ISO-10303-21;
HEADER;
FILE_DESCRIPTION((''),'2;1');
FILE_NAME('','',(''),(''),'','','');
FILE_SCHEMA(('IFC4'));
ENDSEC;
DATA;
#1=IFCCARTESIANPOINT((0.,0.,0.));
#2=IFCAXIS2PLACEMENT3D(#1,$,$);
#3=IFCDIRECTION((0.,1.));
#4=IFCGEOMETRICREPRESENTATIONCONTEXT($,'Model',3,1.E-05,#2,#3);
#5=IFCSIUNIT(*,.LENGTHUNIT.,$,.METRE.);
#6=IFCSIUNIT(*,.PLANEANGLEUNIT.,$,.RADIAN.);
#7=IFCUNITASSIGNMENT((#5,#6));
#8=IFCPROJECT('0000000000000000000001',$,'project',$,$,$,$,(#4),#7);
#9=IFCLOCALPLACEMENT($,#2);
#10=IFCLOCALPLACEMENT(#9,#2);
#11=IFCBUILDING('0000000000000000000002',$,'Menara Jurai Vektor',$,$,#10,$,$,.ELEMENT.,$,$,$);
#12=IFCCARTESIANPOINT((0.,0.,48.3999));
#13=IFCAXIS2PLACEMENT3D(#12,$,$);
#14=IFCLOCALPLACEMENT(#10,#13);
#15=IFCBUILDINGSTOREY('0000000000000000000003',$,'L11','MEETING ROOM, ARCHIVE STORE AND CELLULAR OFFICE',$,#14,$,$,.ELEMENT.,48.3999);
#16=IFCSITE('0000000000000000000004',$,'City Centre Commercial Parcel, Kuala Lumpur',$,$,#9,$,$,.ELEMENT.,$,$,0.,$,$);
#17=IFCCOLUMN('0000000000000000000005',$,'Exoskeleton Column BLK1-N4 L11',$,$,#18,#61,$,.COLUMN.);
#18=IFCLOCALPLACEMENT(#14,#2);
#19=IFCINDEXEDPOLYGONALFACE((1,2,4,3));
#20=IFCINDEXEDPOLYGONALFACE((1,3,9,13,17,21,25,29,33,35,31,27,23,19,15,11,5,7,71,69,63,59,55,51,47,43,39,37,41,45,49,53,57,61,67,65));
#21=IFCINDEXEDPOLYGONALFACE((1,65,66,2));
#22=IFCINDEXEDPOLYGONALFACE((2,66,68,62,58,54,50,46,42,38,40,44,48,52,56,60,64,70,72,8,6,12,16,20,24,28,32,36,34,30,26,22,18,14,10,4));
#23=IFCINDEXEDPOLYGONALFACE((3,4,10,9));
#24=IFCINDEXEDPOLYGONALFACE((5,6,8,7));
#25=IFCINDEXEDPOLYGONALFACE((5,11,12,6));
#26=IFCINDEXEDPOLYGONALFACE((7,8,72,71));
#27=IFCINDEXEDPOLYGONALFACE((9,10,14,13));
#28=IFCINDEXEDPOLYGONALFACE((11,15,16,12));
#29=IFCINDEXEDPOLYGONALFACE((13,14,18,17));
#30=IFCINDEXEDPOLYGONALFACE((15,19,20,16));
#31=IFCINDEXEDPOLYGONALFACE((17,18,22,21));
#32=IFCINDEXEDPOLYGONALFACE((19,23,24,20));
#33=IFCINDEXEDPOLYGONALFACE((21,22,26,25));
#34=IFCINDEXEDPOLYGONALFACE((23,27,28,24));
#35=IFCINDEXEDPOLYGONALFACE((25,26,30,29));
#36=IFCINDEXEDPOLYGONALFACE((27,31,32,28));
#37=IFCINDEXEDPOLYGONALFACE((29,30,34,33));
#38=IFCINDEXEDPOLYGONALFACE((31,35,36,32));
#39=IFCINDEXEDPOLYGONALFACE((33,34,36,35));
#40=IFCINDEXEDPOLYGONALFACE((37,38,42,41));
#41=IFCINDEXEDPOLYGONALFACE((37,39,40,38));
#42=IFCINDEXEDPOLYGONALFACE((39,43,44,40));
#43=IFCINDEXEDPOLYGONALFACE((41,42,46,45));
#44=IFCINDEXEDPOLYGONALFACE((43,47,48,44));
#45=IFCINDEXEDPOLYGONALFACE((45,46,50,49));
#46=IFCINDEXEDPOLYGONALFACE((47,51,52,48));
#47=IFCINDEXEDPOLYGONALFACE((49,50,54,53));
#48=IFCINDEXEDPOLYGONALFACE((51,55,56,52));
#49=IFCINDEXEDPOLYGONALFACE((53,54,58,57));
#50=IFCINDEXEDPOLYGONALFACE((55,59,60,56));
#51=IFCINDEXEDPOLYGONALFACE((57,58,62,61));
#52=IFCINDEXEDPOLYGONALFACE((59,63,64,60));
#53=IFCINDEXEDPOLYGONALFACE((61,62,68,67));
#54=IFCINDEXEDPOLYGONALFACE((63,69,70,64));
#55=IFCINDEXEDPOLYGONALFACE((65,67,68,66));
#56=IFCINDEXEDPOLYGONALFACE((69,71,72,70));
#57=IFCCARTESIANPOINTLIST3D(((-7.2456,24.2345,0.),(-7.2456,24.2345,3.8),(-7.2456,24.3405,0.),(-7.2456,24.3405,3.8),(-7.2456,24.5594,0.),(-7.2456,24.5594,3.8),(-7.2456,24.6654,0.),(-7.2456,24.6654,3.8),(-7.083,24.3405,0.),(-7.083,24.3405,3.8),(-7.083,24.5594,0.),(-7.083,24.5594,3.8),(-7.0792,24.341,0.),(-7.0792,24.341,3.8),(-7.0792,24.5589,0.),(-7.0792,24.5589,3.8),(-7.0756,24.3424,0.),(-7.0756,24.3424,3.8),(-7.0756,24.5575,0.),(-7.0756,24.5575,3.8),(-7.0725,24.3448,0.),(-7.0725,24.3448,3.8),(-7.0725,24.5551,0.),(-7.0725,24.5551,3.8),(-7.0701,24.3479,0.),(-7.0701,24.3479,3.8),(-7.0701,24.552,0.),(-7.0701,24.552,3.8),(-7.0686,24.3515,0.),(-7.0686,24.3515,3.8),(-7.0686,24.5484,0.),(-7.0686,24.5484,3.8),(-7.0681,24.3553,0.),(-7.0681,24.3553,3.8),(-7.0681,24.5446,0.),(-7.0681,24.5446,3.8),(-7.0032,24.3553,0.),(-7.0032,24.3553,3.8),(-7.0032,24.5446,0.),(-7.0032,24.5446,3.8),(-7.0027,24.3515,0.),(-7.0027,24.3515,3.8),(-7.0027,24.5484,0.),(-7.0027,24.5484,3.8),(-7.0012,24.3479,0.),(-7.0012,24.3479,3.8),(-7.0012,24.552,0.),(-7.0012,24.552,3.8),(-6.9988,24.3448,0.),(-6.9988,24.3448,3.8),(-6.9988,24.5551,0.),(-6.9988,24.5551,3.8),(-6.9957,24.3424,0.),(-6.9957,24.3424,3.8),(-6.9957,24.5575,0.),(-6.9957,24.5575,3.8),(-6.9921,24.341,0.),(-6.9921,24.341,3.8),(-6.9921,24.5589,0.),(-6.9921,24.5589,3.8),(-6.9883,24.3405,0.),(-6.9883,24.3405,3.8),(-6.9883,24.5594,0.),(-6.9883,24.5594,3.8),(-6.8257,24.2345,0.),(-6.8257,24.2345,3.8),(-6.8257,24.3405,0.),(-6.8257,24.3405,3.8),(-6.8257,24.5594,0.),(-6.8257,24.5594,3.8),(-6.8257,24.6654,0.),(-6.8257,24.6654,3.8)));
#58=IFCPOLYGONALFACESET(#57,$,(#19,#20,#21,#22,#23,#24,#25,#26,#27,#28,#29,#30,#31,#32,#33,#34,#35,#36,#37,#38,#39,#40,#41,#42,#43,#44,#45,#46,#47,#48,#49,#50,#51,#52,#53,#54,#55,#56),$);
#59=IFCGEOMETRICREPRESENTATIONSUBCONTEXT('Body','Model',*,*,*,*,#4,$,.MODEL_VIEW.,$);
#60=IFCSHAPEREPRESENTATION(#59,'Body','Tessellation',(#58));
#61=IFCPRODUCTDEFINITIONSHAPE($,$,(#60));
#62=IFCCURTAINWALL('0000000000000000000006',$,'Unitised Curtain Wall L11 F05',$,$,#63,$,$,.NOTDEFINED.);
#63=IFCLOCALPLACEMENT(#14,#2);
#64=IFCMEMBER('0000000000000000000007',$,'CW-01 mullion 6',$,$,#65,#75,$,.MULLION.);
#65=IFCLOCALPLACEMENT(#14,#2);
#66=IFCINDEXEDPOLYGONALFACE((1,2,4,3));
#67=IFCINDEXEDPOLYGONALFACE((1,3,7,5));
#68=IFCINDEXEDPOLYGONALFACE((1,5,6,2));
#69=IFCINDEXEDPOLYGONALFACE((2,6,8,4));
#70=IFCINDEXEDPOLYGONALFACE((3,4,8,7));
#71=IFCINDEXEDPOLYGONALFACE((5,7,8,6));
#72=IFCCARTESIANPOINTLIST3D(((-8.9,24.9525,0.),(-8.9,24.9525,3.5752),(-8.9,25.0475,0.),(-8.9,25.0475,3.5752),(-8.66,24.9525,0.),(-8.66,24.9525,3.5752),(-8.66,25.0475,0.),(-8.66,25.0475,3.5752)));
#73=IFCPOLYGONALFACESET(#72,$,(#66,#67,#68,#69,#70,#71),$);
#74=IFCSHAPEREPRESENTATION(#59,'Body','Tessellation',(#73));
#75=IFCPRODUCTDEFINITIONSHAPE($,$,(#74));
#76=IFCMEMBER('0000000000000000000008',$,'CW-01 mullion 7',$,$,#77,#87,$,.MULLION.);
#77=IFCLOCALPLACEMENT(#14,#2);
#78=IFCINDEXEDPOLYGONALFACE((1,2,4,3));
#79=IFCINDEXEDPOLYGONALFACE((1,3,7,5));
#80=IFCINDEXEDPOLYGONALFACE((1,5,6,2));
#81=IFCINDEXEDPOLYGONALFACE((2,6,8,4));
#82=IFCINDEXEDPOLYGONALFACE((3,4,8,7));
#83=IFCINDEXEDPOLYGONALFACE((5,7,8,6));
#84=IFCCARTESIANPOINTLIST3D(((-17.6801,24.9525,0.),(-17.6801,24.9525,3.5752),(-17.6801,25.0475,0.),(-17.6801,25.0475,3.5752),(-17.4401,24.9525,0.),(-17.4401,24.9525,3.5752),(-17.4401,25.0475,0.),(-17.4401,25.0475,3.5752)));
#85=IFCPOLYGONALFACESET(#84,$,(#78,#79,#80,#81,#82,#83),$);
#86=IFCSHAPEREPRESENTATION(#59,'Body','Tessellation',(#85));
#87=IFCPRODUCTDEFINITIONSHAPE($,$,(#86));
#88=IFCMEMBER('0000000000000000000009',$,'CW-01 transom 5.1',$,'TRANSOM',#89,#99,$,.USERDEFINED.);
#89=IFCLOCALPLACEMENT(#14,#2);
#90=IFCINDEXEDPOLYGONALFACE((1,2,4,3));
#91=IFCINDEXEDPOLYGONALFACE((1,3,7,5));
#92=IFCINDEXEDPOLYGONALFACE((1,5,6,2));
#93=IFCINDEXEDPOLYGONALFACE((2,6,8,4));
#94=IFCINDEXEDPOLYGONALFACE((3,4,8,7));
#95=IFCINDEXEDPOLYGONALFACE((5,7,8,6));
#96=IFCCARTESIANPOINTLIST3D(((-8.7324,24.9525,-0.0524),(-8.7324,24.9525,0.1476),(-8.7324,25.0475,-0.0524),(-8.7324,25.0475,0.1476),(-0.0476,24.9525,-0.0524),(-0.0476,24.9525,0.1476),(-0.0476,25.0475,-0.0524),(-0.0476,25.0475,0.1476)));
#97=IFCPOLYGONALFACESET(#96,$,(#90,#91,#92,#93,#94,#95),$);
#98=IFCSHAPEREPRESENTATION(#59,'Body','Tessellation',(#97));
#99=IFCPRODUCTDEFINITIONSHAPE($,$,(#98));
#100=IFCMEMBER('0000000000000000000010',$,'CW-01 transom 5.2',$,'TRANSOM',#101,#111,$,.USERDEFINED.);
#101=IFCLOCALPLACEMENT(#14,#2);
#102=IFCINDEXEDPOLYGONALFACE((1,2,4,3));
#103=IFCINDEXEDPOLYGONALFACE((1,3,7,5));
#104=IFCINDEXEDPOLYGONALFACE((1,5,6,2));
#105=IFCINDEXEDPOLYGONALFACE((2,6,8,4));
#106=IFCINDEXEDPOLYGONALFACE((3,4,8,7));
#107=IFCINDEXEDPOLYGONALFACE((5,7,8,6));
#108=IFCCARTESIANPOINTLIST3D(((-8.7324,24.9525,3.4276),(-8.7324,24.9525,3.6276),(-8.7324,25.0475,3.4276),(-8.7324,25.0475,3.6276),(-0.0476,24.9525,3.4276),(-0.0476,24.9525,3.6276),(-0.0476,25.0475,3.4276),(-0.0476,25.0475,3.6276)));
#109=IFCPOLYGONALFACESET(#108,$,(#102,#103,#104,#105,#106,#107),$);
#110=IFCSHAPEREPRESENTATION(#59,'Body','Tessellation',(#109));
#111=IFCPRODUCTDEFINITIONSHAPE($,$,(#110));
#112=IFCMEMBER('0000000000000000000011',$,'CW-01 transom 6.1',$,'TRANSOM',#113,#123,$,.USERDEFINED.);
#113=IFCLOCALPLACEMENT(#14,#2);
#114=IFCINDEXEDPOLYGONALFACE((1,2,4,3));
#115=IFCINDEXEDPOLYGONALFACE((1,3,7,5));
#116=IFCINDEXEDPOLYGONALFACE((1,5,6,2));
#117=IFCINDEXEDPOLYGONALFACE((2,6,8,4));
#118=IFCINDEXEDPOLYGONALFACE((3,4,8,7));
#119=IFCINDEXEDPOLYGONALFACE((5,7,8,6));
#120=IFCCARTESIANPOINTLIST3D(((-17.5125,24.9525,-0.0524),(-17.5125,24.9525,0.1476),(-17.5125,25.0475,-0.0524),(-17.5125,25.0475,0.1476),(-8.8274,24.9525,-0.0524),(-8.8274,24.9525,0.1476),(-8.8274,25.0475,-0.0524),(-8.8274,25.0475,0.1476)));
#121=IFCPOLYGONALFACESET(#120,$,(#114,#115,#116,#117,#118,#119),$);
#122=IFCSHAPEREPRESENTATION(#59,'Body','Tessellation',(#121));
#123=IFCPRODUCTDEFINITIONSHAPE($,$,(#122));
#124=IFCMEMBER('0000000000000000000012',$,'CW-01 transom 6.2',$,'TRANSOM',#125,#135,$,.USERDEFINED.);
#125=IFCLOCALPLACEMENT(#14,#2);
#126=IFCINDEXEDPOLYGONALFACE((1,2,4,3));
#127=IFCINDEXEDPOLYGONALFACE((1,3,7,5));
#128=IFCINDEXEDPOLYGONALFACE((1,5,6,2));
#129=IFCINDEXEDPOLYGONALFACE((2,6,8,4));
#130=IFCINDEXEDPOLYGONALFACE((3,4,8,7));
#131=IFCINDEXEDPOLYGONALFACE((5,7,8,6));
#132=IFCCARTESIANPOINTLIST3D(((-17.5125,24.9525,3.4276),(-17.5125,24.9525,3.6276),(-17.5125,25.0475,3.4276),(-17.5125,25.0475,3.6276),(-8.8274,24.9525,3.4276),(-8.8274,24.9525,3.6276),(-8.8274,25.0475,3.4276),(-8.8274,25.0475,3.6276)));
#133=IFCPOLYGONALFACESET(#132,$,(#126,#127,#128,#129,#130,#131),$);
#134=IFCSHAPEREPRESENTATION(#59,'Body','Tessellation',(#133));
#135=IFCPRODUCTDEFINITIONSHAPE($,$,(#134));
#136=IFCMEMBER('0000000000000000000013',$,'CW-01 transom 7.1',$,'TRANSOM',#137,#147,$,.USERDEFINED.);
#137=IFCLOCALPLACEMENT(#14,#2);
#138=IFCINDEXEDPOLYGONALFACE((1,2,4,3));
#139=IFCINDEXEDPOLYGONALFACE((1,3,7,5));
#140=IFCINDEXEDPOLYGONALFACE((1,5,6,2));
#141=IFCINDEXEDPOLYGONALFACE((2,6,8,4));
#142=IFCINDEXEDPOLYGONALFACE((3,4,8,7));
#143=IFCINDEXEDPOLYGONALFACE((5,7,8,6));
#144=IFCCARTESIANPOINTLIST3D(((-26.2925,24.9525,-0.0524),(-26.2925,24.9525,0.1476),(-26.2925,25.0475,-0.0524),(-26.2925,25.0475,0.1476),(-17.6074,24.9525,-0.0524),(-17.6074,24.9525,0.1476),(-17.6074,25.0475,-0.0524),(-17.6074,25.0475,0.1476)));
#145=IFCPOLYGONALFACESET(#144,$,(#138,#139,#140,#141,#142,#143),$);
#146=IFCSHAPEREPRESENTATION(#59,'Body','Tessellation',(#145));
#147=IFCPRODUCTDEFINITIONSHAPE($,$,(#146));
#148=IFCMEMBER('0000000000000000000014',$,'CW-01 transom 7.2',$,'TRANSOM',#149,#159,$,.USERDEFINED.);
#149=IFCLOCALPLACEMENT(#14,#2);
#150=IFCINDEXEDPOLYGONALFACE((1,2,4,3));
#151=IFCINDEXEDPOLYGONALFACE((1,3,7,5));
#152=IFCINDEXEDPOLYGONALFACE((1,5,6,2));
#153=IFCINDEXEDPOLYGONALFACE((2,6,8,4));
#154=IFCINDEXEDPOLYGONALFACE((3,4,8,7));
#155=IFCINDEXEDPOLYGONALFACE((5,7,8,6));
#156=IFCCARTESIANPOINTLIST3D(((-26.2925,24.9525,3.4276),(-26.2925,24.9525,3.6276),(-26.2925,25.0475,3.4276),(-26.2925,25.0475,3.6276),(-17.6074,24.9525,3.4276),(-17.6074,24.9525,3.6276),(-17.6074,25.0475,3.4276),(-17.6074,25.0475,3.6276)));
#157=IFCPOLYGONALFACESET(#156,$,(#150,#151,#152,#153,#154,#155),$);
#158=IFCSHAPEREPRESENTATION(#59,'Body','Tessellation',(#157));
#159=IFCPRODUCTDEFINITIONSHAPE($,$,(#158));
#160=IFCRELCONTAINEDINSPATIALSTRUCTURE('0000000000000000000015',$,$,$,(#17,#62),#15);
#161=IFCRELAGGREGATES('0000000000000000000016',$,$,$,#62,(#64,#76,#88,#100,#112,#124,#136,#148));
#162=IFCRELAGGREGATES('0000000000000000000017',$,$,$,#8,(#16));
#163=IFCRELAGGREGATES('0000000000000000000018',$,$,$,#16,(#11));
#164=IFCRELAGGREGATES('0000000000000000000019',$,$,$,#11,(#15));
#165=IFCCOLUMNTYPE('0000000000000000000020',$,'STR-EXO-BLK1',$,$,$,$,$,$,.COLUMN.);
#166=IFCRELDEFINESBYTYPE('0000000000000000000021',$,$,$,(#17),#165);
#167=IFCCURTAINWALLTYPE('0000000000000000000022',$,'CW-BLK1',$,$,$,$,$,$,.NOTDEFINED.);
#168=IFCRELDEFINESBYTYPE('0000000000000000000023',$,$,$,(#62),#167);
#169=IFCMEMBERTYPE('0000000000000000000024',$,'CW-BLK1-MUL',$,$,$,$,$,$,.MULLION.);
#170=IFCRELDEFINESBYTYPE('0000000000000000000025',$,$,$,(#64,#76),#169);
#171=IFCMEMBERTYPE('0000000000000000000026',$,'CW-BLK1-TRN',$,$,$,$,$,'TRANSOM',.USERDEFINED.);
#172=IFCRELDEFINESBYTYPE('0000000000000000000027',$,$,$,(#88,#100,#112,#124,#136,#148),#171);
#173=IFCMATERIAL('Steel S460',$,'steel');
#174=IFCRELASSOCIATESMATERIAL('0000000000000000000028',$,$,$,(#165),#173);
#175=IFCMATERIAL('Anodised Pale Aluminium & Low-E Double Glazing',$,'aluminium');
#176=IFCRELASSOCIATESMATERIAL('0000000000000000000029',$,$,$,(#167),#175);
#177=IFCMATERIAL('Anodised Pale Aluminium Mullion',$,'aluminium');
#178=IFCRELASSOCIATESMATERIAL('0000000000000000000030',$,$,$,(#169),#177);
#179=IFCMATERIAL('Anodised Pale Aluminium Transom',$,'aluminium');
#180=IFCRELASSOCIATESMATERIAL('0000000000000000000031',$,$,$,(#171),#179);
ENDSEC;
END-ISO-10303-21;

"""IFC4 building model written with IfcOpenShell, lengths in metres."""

from ifc_helpers import new_model, si_unit, direction, frame, origin, origin_2d, place, context, subcontext, project, spatial, rectangle, i_section, extrude, material, material_profile, profile_set, type_object, element, aggregate, save


model = new_model("IFC4")

# Units and contexts
model_context = context("Model", 3, precision=1e-05, world=origin(), true_north=direction((0.0, 1.0)))
body_context = subcontext(model_context, "Body", "Model", "MODEL_VIEW")
ifc_project = project(units=[si_unit("LENGTHUNIT", "METRE"), si_unit("PLANEANGLEUNIT", "RADIAN")], contexts=[model_context])

# Site, building, storey
site_placement = place(None, origin())
site = spatial("IfcSite", under=ifc_project, at=site_placement, Name="City Centre Commercial Parcel, Kuala Lumpur", CompositionType="ELEMENT", RefElevation=0.0)
building_placement = place(site_placement, origin())
building = spatial("IfcBuilding", under=site, at=building_placement, Name="Menara Jurai Vektor", CompositionType="ELEMENT")
storey_placement = place(building_placement, frame((0.0, 0.0, 48.3999)))
storey = spatial("IfcBuildingStorey", under=building, at=storey_placement, Name="L11", Description="MEETING ROOM, ARCHIVE STORE AND CELLULAR OFFICE", CompositionType="ELEMENT", Elevation=48.3999)

# Column
ifc_material_1 = material(Name="Steel S460", Category="steel")
ifc_material_profile_1 = material_profile(ifc_material_1, i_section(OverallWidth=0.4199, OverallDepth=0.4309, WebThickness=0.0649, FlangeThickness=0.106, FilletRadius=0.0149, at=origin_2d()), Name="HD 400x900")
ifc_profile_set_1 = profile_set([ifc_material_profile_1], Name="Steel S460")
column_type = type_object("IfcColumnType", Name="STR-EXO-BLK1", PredefinedType="COLUMN", material=ifc_profile_set_1)
column_placement = place(storey_placement, frame((-7.0356, 24.45, 0.0), z_axis=(0.0, 0.0, 1.0), x_axis=(1.0, 0.0, 0.0)))
element("IfcColumn", 1, at=column_placement, inside=storey, type_object=column_type, Name="Exoskeleton Column BLK1-N4 L11", PredefinedType="COLUMN", context=body_context, shape_type="SweptSolid", body=[
    extrude(i_section(OverallWidth=0.4199, OverallDepth=0.4309, WebThickness=0.0649, FlangeThickness=0.106, FilletRadius=0.0149, at=origin_2d()), origin(), (0.0, 0.0, 1.0), 3.8),
])

# Curtain wall, members
ifc_material_2 = material(Name="Anodised Pale Aluminium & Low-E Double Glazing", Category="aluminium")
curtain_wall_type = type_object("IfcCurtainWallType", Name="CW-BLK1", PredefinedType="NOTDEFINED", material=ifc_material_2)
curtain_wall_placement = place(storey_placement, origin())
curtain_wall = element("IfcCurtainWall", 2, at=curtain_wall_placement, inside=storey, type_object=curtain_wall_type, Name="Unitised Curtain Wall L11 F05", PredefinedType="NOTDEFINED")
ifc_material_3 = material(Name="Anodised Pale Aluminium Mullion", Category="aluminium")
ifc_material_profile_2 = material_profile(ifc_material_3, rectangle(XDim=0.095, YDim=0.24, at=origin_2d()), Name="ALU MUL 95x240")
ifc_profile_set_2 = profile_set([ifc_material_profile_2], Name="Anodised Pale Aluminium Mullion")
member_type_1 = type_object("IfcMemberType", Name="CW-BLK1-MUL", PredefinedType="MULLION", material=ifc_profile_set_2)
member_1_placement = place(storey_placement, frame((-8.78, 25.0, 0.0), z_axis=(0.0, 0.0, 1.0), x_axis=(0.0, -1.0, 0.0)))
member_1 = element("IfcMember", 3, at=member_1_placement, type_object=member_type_1, Name="CW-01 mullion 6", PredefinedType="MULLION", context=body_context, shape_type="SweptSolid", body=[
    extrude(rectangle(XDim=0.095, YDim=0.24, at=origin_2d()), origin(), (0.0, 0.0, 1.0), 3.5752),
])
member_2_placement = place(storey_placement, frame((-17.5601, 25.0, 0.0), z_axis=(0.0, 0.0, 1.0), x_axis=(0.0, -1.0, 0.0)))
member_2 = element("IfcMember", 4, at=member_2_placement, type_object=member_type_1, Name="CW-01 mullion 7", PredefinedType="MULLION", context=body_context, shape_type="SweptSolid", body=[
    extrude(rectangle(XDim=0.095, YDim=0.24, at=origin_2d()), origin(), (0.0, 0.0, 1.0), 3.5752),
])
ifc_material_4 = material(Name="Anodised Pale Aluminium Transom", Category="aluminium")
ifc_material_profile_3 = material_profile(ifc_material_4, rectangle(XDim=0.095, YDim=0.2, at=origin_2d()), Name="ALU TRN 95x200")
ifc_profile_set_3 = profile_set([ifc_material_profile_3], Name="Anodised Pale Aluminium Transom")
member_type_2 = type_object("IfcMemberType", Name="CW-BLK1-TRN", ElementType="TRANSOM", PredefinedType="USERDEFINED", material=ifc_profile_set_3)
member_3_placement = place(storey_placement, frame((-0.0476, 25.0, 0.0476), z_axis=(-1.0, 0.0, 0.0), x_axis=(0.0, -1.0, 0.0)))
member_3 = element("IfcMember", 5, at=member_3_placement, type_object=member_type_2, Name="CW-01 transom 5.1", ObjectType="TRANSOM", PredefinedType="USERDEFINED", context=body_context, shape_type="SweptSolid", body=[
    extrude(rectangle(XDim=0.095, YDim=0.2, at=origin_2d()), origin(), (0.0, 0.0, 1.0), 8.6848),
])
member_4_placement = place(storey_placement, frame((-0.0476, 25.0, 3.5276), z_axis=(-1.0, 0.0, 0.0), x_axis=(0.0, -1.0, 0.0)))
member_4 = element("IfcMember", 6, at=member_4_placement, type_object=member_type_2, Name="CW-01 transom 5.2", ObjectType="TRANSOM", PredefinedType="USERDEFINED", context=body_context, shape_type="SweptSolid", body=[
    extrude(rectangle(XDim=0.095, YDim=0.2, at=origin_2d()), origin(), (0.0, 0.0, 1.0), 8.6848),
])
member_5_placement = place(storey_placement, frame((-8.8274, 25.0, 0.0476), z_axis=(-1.0, 0.0, 0.0), x_axis=(0.0, -1.0, 0.0)))
member_5 = element("IfcMember", 7, at=member_5_placement, type_object=member_type_2, Name="CW-01 transom 6.1", ObjectType="TRANSOM", PredefinedType="USERDEFINED", context=body_context, shape_type="SweptSolid", body=[
    extrude(rectangle(XDim=0.095, YDim=0.2, at=origin_2d()), origin(), (0.0, 0.0, 1.0), 8.6851),
])
member_6_placement = place(storey_placement, frame((-8.8274, 25.0, 3.5276), z_axis=(-1.0, 0.0, 0.0), x_axis=(0.0, -1.0, 0.0)))
member_6 = element("IfcMember", 8, at=member_6_placement, type_object=member_type_2, Name="CW-01 transom 6.2", ObjectType="TRANSOM", PredefinedType="USERDEFINED", context=body_context, shape_type="SweptSolid", body=[
    extrude(rectangle(XDim=0.095, YDim=0.2, at=origin_2d()), origin(), (0.0, 0.0, 1.0), 8.6851),
])
member_7_placement = place(storey_placement, frame((-17.6074, 25.0, 0.0476), z_axis=(-1.0, 0.0, 0.0), x_axis=(0.0, -1.0, 0.0)))
member_7 = element("IfcMember", 9, at=member_7_placement, type_object=member_type_2, Name="CW-01 transom 7.1", ObjectType="TRANSOM", PredefinedType="USERDEFINED", context=body_context, shape_type="SweptSolid", body=[
    extrude(rectangle(XDim=0.095, YDim=0.2, at=origin_2d()), origin(), (0.0, 0.0, 1.0), 8.6851),
])
member_8_placement = place(storey_placement, frame((-17.6074, 25.0, 3.5276), z_axis=(-1.0, 0.0, 0.0), x_axis=(0.0, -1.0, 0.0)))
member_8 = element("IfcMember", 10, at=member_8_placement, type_object=member_type_2, Name="CW-01 transom 7.2", ObjectType="TRANSOM", PredefinedType="USERDEFINED", context=body_context, shape_type="SweptSolid", body=[
    extrude(rectangle(XDim=0.095, YDim=0.2, at=origin_2d()), origin(), (0.0, 0.0, 1.0), 8.6851),
])

aggregate(curtain_wall, [member_1, member_2, member_3, member_4, member_5, member_6, member_7, member_8])

save(model, "model.ifc")
